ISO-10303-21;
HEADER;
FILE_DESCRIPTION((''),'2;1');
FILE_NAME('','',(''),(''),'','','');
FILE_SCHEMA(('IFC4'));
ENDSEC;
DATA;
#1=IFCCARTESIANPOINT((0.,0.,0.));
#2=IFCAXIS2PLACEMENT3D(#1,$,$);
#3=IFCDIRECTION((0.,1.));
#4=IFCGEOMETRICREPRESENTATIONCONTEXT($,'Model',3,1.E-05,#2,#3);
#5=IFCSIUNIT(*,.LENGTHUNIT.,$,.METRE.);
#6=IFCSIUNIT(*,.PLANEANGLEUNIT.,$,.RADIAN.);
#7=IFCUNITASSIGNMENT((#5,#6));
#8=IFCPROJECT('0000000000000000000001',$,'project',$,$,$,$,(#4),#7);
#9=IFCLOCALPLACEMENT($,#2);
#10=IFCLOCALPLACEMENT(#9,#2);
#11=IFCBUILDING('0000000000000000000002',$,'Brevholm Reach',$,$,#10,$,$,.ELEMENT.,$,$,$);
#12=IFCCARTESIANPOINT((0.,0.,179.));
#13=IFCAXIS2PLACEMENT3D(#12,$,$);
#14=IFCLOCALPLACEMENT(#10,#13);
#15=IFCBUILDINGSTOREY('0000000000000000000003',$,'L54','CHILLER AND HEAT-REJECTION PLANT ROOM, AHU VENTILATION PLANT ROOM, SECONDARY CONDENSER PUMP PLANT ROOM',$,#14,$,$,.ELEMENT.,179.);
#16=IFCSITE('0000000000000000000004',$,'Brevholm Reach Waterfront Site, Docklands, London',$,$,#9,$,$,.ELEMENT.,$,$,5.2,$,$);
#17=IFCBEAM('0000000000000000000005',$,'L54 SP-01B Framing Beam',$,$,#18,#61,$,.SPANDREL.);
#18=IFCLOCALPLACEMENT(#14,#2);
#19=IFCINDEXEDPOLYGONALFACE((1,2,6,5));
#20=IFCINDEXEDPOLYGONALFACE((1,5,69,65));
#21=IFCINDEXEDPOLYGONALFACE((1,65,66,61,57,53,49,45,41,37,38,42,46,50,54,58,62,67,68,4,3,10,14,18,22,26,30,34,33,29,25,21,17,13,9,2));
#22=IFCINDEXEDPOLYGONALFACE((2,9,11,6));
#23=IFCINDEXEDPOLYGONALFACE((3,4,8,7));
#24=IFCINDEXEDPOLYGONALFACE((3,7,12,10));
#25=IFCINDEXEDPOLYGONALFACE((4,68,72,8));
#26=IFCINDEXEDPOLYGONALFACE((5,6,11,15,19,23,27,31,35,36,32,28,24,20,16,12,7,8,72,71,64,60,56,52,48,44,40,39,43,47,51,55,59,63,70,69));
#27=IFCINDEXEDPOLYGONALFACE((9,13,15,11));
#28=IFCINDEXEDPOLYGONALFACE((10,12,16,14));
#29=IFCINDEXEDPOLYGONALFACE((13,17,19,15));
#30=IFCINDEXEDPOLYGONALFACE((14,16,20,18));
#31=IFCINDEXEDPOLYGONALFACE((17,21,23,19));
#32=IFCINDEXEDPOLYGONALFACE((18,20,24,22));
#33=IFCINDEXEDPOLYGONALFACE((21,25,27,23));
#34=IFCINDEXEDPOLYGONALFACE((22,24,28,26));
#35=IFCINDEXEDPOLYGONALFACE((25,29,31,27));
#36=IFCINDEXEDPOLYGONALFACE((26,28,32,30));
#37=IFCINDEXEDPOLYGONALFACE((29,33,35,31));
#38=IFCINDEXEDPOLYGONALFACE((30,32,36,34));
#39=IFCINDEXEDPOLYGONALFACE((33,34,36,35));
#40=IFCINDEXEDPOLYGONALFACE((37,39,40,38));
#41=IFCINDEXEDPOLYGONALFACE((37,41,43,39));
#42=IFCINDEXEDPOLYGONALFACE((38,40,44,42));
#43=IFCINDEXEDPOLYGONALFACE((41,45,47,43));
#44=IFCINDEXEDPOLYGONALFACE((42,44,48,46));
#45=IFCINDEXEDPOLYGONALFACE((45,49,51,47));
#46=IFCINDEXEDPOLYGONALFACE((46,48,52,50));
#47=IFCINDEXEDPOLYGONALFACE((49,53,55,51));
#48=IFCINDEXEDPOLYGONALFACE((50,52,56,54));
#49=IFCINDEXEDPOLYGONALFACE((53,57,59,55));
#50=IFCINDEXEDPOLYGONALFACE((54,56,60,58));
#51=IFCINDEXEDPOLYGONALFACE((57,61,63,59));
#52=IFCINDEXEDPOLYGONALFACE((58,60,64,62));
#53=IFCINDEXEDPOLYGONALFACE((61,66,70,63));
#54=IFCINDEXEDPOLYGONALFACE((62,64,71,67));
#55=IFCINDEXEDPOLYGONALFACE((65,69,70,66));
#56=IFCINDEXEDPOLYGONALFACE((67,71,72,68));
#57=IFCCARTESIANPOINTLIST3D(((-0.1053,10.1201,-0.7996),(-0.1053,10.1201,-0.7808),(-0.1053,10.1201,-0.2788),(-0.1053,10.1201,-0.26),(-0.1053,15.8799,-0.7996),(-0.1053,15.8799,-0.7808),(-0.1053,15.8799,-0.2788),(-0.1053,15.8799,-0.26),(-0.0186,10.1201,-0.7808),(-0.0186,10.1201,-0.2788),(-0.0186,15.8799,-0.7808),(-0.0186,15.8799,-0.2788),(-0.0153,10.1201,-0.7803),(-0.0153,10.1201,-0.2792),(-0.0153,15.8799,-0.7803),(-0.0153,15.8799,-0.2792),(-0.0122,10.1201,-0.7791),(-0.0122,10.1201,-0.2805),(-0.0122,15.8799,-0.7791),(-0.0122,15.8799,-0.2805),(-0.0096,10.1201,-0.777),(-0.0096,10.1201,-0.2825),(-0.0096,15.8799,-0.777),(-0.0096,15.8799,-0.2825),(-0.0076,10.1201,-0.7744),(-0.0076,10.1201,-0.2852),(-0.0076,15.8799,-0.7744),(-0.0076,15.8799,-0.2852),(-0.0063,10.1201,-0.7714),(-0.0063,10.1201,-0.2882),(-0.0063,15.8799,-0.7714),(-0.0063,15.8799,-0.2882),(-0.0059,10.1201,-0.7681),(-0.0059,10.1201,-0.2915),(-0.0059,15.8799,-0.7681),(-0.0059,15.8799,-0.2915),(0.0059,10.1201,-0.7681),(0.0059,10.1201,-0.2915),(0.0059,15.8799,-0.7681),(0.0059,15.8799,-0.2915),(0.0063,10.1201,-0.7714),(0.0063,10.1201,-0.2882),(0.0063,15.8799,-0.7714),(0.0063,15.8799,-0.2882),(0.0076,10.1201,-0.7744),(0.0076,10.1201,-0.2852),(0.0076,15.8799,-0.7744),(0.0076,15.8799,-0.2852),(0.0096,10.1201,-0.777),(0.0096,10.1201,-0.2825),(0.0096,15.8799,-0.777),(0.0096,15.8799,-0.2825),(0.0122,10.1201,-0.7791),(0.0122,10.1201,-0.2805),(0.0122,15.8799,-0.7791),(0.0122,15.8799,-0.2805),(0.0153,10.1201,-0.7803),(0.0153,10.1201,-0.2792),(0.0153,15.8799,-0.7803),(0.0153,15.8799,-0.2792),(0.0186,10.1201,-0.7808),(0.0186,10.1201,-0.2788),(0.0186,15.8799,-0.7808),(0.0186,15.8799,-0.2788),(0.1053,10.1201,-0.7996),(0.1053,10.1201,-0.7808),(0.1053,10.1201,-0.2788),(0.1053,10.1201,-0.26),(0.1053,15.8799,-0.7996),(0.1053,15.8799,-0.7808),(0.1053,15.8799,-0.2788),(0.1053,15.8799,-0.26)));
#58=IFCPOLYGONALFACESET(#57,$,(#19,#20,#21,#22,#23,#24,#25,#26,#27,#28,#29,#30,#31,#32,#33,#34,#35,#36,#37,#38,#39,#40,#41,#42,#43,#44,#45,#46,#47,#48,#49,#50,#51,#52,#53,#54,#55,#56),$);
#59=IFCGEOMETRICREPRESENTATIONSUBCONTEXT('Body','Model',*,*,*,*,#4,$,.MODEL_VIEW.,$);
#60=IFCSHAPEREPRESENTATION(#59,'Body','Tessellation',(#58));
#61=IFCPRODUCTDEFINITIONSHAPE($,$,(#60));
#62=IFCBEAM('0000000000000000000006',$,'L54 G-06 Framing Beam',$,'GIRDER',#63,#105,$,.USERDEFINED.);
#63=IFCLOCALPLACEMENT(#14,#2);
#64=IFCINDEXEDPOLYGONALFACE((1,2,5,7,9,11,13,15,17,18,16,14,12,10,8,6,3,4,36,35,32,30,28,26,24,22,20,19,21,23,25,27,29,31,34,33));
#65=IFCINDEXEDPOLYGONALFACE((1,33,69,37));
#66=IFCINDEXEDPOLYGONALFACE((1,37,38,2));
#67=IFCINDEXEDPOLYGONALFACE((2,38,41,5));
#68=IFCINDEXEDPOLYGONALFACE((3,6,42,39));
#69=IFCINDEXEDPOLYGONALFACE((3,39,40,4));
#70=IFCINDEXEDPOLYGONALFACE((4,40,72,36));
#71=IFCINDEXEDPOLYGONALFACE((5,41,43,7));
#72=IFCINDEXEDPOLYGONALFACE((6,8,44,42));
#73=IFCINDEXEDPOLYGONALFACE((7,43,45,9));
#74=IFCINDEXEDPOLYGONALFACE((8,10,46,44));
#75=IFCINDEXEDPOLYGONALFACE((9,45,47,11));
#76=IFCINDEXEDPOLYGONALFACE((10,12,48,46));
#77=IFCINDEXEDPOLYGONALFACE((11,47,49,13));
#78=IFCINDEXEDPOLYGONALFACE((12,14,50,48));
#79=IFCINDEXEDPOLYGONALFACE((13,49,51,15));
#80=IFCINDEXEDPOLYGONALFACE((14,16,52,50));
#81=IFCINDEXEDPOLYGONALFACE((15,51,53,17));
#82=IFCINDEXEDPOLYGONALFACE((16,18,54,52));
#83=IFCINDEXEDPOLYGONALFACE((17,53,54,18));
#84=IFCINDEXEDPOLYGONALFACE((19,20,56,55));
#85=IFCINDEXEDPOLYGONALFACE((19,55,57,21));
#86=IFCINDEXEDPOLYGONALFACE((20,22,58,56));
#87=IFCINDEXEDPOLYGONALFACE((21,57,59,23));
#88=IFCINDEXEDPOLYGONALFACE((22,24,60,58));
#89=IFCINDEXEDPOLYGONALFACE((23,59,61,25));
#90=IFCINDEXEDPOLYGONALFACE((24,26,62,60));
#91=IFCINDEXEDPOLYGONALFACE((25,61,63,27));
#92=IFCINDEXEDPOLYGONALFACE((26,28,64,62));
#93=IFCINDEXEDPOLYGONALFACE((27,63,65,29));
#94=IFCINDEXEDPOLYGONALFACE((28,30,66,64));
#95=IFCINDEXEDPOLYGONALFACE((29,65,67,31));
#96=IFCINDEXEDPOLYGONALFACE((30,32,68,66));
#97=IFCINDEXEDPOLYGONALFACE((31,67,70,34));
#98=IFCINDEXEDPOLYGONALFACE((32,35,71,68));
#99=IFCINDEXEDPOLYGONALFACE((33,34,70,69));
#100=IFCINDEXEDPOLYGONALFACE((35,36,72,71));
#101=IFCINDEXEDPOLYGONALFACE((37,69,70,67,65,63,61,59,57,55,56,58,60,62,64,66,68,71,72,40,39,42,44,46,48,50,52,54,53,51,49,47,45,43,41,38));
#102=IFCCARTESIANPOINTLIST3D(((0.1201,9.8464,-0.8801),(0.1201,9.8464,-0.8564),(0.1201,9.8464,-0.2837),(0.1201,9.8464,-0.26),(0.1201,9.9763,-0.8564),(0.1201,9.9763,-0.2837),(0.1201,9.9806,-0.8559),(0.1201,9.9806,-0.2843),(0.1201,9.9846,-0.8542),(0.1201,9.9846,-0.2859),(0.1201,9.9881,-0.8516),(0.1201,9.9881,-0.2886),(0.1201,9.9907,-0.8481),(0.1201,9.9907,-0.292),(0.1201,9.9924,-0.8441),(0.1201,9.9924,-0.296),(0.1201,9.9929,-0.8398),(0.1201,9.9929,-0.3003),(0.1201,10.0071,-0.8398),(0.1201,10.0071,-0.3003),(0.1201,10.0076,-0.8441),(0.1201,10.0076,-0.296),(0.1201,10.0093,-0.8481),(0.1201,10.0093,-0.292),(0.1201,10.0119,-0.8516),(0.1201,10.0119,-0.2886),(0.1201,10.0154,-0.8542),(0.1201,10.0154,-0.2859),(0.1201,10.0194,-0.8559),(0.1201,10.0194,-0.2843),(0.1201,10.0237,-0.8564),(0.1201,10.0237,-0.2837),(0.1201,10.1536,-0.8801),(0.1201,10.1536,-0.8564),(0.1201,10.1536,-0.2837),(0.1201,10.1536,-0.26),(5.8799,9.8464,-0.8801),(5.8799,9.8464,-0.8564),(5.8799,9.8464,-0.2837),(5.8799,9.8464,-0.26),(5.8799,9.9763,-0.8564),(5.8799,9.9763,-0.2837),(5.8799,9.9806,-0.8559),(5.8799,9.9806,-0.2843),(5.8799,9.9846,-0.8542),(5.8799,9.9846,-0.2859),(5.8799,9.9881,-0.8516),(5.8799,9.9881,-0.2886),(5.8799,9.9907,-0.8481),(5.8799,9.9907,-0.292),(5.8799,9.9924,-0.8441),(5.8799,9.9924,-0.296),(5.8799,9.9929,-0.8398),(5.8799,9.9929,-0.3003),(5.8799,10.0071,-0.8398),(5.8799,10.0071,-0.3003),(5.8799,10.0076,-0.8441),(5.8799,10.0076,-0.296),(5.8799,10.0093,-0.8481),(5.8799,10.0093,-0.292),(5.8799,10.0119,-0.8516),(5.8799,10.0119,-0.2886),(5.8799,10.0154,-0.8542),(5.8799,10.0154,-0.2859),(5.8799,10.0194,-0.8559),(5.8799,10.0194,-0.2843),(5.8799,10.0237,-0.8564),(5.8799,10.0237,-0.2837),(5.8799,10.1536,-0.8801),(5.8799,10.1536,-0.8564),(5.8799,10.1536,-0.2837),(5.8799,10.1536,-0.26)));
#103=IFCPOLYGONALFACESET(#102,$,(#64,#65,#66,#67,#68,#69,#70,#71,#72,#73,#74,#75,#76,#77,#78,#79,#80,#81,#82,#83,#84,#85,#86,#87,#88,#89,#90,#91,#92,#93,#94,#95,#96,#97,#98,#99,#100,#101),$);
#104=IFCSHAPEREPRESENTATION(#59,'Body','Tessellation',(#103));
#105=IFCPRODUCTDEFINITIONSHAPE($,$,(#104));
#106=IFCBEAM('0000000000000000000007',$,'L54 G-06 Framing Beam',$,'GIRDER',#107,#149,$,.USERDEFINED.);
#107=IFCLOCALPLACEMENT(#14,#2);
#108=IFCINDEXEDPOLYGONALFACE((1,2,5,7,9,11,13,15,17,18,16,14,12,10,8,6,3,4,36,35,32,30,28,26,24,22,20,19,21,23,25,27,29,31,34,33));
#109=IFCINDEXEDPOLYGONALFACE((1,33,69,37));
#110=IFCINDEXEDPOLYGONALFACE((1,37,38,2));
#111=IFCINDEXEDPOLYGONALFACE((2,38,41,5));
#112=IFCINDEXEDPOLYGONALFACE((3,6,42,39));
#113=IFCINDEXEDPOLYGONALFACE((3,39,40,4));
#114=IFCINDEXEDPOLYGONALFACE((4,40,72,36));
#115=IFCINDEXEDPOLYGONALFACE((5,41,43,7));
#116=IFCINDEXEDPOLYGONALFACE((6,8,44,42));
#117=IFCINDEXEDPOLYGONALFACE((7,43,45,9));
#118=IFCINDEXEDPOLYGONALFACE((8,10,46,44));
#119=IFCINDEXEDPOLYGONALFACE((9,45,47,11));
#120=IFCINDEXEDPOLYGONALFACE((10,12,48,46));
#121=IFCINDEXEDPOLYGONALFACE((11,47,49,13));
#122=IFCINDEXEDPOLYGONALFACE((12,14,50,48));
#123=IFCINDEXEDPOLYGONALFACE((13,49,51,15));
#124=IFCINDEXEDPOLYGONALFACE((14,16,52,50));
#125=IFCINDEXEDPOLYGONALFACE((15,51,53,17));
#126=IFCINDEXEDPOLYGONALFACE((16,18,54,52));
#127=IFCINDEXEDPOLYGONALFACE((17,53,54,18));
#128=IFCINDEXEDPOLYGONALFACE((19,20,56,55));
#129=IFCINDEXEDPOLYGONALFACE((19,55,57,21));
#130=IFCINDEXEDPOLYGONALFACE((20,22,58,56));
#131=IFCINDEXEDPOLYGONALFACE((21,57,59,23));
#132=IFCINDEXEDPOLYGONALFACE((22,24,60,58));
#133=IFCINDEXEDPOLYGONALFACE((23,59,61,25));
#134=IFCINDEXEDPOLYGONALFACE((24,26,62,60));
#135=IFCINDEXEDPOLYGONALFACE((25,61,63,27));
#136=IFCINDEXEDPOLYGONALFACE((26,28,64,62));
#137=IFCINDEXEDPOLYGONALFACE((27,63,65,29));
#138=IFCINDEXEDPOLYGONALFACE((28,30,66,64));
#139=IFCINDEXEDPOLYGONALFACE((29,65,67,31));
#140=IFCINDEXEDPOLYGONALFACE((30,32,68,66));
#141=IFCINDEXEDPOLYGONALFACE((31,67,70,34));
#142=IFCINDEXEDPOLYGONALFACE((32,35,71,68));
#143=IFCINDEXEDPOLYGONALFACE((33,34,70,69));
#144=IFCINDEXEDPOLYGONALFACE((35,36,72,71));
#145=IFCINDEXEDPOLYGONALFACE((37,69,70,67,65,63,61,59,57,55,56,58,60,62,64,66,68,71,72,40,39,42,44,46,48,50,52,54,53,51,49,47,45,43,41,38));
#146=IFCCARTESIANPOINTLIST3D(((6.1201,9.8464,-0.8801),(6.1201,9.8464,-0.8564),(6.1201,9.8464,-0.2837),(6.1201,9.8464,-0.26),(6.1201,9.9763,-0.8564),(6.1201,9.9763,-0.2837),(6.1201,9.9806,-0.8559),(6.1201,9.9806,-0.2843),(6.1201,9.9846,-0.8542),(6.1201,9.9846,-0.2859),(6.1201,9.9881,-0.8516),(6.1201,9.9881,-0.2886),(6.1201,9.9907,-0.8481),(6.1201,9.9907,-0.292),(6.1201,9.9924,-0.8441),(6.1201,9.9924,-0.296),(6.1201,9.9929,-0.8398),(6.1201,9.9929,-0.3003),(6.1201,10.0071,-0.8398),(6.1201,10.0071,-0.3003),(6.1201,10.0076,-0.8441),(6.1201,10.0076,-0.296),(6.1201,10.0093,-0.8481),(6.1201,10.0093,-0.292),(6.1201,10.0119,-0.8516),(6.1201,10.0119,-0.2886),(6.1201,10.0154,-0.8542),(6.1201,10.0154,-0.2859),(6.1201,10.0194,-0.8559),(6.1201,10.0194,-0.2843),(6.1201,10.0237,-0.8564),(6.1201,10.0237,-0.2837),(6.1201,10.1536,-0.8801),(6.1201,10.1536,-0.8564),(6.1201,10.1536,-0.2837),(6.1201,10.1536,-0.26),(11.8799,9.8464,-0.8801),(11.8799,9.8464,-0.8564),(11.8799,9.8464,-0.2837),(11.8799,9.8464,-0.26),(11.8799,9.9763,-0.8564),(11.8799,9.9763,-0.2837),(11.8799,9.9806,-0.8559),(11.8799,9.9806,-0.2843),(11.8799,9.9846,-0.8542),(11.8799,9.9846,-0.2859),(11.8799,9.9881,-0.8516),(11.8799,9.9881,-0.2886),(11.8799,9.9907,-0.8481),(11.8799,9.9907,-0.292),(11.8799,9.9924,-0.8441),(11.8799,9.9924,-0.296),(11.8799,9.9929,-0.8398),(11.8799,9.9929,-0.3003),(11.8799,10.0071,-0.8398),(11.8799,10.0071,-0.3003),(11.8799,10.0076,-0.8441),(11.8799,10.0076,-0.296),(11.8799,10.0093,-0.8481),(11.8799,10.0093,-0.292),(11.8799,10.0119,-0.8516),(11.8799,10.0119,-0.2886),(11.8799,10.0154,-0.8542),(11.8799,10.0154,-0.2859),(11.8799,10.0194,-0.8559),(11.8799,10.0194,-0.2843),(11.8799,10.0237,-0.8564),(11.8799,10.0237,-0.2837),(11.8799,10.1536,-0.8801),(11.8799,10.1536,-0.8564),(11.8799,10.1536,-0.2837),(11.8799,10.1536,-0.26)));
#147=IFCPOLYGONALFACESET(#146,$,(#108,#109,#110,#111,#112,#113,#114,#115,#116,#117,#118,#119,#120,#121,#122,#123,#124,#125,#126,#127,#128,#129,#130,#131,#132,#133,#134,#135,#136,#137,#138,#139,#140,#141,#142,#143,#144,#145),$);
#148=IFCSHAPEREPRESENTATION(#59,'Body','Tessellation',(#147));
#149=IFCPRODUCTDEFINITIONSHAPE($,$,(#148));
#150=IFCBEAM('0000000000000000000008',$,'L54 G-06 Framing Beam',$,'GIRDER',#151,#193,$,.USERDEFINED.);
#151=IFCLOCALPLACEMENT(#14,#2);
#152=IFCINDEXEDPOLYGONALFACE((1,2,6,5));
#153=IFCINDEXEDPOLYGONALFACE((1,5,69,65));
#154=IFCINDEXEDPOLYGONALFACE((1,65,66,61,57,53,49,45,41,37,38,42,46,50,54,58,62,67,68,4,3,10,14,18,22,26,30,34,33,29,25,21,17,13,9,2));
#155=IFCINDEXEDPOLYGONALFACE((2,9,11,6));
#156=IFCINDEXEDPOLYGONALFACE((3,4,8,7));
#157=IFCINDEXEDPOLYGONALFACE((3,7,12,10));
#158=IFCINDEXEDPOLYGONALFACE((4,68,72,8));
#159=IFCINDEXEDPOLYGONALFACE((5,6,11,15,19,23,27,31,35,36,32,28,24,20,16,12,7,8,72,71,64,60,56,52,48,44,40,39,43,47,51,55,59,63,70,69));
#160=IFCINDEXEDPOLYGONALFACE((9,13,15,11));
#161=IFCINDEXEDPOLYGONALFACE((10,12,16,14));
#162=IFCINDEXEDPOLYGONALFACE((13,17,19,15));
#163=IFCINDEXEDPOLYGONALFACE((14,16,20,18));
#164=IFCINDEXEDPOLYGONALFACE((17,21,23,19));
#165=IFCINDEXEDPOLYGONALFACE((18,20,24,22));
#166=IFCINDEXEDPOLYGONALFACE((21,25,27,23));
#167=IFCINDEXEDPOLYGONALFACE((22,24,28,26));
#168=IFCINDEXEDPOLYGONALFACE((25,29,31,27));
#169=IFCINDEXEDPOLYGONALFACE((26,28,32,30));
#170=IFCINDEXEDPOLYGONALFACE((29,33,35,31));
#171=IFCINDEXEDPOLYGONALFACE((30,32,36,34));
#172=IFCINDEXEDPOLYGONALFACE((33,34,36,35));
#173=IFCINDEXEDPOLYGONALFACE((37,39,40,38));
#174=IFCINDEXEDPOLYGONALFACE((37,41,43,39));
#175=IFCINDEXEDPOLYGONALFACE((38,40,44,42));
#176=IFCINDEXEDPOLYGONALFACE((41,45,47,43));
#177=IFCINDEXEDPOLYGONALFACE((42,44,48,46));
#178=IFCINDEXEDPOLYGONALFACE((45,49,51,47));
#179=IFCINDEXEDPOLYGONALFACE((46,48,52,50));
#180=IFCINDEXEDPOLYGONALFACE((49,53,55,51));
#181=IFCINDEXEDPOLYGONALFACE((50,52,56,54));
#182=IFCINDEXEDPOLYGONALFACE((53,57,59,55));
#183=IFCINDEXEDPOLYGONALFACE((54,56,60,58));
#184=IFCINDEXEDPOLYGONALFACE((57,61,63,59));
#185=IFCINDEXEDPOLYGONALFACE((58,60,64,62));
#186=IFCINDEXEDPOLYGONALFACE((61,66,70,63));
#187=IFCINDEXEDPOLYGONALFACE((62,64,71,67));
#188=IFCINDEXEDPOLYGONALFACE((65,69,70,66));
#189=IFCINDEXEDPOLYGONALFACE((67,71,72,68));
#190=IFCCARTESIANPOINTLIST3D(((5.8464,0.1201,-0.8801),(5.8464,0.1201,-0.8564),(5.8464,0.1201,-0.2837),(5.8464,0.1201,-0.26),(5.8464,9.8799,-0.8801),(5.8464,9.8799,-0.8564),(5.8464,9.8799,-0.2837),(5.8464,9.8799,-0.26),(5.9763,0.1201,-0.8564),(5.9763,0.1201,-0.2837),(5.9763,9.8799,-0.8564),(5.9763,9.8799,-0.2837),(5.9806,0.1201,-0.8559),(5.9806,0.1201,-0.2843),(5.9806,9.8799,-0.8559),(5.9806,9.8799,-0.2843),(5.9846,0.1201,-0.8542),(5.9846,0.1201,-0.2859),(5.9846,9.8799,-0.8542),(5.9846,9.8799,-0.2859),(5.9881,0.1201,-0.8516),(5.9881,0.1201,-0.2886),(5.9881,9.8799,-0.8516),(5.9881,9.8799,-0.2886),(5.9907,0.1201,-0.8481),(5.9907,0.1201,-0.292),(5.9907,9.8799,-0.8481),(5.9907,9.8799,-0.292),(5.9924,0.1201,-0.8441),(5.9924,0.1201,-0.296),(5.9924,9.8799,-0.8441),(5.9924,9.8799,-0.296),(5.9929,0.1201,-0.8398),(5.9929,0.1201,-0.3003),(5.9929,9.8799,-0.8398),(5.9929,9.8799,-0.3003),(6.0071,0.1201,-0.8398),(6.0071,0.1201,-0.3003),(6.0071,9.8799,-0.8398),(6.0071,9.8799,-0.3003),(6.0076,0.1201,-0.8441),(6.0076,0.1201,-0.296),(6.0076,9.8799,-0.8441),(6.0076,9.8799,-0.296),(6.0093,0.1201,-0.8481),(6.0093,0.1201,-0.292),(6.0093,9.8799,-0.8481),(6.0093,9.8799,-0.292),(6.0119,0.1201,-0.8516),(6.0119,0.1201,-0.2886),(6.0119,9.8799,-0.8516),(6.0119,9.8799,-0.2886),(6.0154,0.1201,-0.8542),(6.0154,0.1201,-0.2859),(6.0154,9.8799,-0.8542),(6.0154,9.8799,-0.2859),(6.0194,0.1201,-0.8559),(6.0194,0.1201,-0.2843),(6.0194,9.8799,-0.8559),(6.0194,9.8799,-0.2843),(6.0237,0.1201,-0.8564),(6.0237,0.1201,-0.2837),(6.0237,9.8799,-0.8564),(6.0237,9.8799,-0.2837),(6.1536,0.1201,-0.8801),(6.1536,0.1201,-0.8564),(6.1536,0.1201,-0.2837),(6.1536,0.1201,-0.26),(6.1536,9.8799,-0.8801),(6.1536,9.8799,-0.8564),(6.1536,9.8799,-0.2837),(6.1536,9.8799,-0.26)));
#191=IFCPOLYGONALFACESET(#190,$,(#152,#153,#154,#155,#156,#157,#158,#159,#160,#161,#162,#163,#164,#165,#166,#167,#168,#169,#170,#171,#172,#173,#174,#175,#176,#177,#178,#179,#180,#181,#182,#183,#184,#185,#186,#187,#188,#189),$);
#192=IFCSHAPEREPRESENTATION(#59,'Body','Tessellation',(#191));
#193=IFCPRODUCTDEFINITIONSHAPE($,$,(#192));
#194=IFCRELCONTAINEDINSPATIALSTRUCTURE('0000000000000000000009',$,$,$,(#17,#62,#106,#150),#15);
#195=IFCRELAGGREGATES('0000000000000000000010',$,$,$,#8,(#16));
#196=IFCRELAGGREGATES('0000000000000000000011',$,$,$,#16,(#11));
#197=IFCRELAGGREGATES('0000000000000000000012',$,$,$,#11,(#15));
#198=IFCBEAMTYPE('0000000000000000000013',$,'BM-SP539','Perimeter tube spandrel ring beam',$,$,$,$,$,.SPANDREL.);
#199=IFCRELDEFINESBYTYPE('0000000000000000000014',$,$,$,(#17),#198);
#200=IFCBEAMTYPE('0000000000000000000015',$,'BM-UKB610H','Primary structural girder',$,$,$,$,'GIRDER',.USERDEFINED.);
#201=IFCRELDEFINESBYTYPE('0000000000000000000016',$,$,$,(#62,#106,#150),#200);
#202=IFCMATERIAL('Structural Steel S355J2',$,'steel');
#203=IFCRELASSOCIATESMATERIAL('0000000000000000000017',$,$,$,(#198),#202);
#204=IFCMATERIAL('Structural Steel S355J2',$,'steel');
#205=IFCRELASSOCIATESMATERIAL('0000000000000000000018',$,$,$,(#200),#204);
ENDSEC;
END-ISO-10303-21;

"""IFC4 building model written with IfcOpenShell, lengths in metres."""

from ifc_helpers import new_model, si_unit, direction, frame, origin, origin_2d, place, context, subcontext, project, spatial, i_section, extrude, material, material_profile, profile_set, type_object, element, save


model = new_model("IFC4")

# Units and contexts
model_context = context("Model", 3, precision=1e-05, world=origin(), true_north=direction((0.0, 1.0)))
body_context = subcontext(model_context, "Body", "Model", "MODEL_VIEW")
ifc_project = project(units=[si_unit("LENGTHUNIT", "METRE"), si_unit("PLANEANGLEUNIT", "RADIAN")], contexts=[model_context])

# Site, building, storey
site_placement = place(None, origin())
site = spatial("IfcSite", under=ifc_project, at=site_placement, Name="Brevholm Reach Waterfront Site, Docklands, London", CompositionType="ELEMENT", RefElevation=5.2)
building_placement = place(site_placement, origin())
building = spatial("IfcBuilding", under=site, at=building_placement, Name="Brevholm Reach", CompositionType="ELEMENT")
storey_placement = place(building_placement, frame((0.0, 0.0, 179.0)))
storey = spatial("IfcBuildingStorey", under=building, at=storey_placement, Name="L54", Description="CHILLER AND HEAT-REJECTION PLANT ROOM, AHU VENTILATION PLANT ROOM, SECONDARY CONDENSER PUMP PLANT ROOM", CompositionType="ELEMENT", Elevation=179.0)

# Beams
ifc_material_1 = material(Name="Structural Steel S355J2", Category="steel")
ifc_material_profile_1 = material_profile(ifc_material_1, i_section(OverallWidth=0.2107, OverallDepth=0.5396, WebThickness=0.0117, FlangeThickness=0.0188, FilletRadius=0.0127, at=origin_2d()), Name="UKB 533x210x109")
ifc_profile_set_1 = profile_set([ifc_material_profile_1], Name="Structural Steel S355J2")
beam_type_1 = type_object("IfcBeamType", Name="BM-SP539", Description="Perimeter tube spandrel ring beam", PredefinedType="SPANDREL", material=ifc_profile_set_1)
for number, where, z_axis, x_axis, name in (
    (1, (0.0, 10.1201, -0.5298), (0.0, 1.0, 0.0), (-1.0, 0.0, 0.0), "L54 SP-01B Framing Beam"),
):
    element("IfcBeam", number, at=place(storey_placement, frame(where, z_axis=z_axis, x_axis=x_axis)), inside=storey, type_object=beam_type_1, Name=name, PredefinedType="SPANDREL", context=body_context, shape_type="SweptSolid", body=[
        extrude(i_section(OverallWidth=0.2107, OverallDepth=0.5396, WebThickness=0.0117, FlangeThickness=0.0188, FilletRadius=0.0127, at=origin_2d()), origin(), (0.0, 0.0, 1.0), 5.7598),
    ])
ifc_material_2 = material(Name="Structural Steel S355J2", Category="steel")
ifc_material_profile_2 = material_profile(ifc_material_2, i_section(OverallWidth=0.3071, OverallDepth=0.6201, WebThickness=0.0142, FlangeThickness=0.0237, FilletRadius=0.0166, at=origin_2d()), Name="UKB 610x305x179")
ifc_profile_set_2 = profile_set([ifc_material_profile_2], Name="Structural Steel S355J2")
beam_type_2 = type_object("IfcBeamType", Name="BM-UKB610H", Description="Primary structural girder", ElementType="GIRDER", PredefinedType="USERDEFINED", material=ifc_profile_set_2)
for number, where, z_axis, x_axis, name in (
    (2, (0.1201, 10.0, -0.5701), (1.0, 0.0, 0.0), (0.0, 1.0, 0.0), "L54 G-06 Framing Beam"),
    (3, (6.1201, 10.0, -0.5701), (1.0, 0.0, 0.0), (0.0, 1.0, 0.0), "L54 G-06 Framing Beam"),
):
    element("IfcBeam", number, at=place(storey_placement, frame(where, z_axis=z_axis, x_axis=x_axis)), inside=storey, type_object=beam_type_2, Name=name, ObjectType="GIRDER", PredefinedType="USERDEFINED", context=body_context, shape_type="SweptSolid", body=[
        extrude(i_section(OverallWidth=0.3071, OverallDepth=0.6201, WebThickness=0.0142, FlangeThickness=0.0237, FilletRadius=0.0166, at=origin_2d()), origin(), (0.0, 0.0, 1.0), 5.7598),
    ])
beam_1_placement = place(storey_placement, frame((6.0, 0.1201, -0.5701), z_axis=(0.0, 1.0, 0.0), x_axis=(-1.0, 0.0, 0.0)))
element("IfcBeam", 4, at=beam_1_placement, inside=storey, type_object=beam_type_2, Name="L54 G-06 Framing Beam", ObjectType="GIRDER", PredefinedType="USERDEFINED", context=body_context, shape_type="SweptSolid", body=[
    extrude(i_section(OverallWidth=0.3071, OverallDepth=0.6201, WebThickness=0.0142, FlangeThickness=0.0237, FilletRadius=0.0166, at=origin_2d()), origin(), (0.0, 0.0, 1.0), 9.7598),
])

save(model, "model.ifc")
